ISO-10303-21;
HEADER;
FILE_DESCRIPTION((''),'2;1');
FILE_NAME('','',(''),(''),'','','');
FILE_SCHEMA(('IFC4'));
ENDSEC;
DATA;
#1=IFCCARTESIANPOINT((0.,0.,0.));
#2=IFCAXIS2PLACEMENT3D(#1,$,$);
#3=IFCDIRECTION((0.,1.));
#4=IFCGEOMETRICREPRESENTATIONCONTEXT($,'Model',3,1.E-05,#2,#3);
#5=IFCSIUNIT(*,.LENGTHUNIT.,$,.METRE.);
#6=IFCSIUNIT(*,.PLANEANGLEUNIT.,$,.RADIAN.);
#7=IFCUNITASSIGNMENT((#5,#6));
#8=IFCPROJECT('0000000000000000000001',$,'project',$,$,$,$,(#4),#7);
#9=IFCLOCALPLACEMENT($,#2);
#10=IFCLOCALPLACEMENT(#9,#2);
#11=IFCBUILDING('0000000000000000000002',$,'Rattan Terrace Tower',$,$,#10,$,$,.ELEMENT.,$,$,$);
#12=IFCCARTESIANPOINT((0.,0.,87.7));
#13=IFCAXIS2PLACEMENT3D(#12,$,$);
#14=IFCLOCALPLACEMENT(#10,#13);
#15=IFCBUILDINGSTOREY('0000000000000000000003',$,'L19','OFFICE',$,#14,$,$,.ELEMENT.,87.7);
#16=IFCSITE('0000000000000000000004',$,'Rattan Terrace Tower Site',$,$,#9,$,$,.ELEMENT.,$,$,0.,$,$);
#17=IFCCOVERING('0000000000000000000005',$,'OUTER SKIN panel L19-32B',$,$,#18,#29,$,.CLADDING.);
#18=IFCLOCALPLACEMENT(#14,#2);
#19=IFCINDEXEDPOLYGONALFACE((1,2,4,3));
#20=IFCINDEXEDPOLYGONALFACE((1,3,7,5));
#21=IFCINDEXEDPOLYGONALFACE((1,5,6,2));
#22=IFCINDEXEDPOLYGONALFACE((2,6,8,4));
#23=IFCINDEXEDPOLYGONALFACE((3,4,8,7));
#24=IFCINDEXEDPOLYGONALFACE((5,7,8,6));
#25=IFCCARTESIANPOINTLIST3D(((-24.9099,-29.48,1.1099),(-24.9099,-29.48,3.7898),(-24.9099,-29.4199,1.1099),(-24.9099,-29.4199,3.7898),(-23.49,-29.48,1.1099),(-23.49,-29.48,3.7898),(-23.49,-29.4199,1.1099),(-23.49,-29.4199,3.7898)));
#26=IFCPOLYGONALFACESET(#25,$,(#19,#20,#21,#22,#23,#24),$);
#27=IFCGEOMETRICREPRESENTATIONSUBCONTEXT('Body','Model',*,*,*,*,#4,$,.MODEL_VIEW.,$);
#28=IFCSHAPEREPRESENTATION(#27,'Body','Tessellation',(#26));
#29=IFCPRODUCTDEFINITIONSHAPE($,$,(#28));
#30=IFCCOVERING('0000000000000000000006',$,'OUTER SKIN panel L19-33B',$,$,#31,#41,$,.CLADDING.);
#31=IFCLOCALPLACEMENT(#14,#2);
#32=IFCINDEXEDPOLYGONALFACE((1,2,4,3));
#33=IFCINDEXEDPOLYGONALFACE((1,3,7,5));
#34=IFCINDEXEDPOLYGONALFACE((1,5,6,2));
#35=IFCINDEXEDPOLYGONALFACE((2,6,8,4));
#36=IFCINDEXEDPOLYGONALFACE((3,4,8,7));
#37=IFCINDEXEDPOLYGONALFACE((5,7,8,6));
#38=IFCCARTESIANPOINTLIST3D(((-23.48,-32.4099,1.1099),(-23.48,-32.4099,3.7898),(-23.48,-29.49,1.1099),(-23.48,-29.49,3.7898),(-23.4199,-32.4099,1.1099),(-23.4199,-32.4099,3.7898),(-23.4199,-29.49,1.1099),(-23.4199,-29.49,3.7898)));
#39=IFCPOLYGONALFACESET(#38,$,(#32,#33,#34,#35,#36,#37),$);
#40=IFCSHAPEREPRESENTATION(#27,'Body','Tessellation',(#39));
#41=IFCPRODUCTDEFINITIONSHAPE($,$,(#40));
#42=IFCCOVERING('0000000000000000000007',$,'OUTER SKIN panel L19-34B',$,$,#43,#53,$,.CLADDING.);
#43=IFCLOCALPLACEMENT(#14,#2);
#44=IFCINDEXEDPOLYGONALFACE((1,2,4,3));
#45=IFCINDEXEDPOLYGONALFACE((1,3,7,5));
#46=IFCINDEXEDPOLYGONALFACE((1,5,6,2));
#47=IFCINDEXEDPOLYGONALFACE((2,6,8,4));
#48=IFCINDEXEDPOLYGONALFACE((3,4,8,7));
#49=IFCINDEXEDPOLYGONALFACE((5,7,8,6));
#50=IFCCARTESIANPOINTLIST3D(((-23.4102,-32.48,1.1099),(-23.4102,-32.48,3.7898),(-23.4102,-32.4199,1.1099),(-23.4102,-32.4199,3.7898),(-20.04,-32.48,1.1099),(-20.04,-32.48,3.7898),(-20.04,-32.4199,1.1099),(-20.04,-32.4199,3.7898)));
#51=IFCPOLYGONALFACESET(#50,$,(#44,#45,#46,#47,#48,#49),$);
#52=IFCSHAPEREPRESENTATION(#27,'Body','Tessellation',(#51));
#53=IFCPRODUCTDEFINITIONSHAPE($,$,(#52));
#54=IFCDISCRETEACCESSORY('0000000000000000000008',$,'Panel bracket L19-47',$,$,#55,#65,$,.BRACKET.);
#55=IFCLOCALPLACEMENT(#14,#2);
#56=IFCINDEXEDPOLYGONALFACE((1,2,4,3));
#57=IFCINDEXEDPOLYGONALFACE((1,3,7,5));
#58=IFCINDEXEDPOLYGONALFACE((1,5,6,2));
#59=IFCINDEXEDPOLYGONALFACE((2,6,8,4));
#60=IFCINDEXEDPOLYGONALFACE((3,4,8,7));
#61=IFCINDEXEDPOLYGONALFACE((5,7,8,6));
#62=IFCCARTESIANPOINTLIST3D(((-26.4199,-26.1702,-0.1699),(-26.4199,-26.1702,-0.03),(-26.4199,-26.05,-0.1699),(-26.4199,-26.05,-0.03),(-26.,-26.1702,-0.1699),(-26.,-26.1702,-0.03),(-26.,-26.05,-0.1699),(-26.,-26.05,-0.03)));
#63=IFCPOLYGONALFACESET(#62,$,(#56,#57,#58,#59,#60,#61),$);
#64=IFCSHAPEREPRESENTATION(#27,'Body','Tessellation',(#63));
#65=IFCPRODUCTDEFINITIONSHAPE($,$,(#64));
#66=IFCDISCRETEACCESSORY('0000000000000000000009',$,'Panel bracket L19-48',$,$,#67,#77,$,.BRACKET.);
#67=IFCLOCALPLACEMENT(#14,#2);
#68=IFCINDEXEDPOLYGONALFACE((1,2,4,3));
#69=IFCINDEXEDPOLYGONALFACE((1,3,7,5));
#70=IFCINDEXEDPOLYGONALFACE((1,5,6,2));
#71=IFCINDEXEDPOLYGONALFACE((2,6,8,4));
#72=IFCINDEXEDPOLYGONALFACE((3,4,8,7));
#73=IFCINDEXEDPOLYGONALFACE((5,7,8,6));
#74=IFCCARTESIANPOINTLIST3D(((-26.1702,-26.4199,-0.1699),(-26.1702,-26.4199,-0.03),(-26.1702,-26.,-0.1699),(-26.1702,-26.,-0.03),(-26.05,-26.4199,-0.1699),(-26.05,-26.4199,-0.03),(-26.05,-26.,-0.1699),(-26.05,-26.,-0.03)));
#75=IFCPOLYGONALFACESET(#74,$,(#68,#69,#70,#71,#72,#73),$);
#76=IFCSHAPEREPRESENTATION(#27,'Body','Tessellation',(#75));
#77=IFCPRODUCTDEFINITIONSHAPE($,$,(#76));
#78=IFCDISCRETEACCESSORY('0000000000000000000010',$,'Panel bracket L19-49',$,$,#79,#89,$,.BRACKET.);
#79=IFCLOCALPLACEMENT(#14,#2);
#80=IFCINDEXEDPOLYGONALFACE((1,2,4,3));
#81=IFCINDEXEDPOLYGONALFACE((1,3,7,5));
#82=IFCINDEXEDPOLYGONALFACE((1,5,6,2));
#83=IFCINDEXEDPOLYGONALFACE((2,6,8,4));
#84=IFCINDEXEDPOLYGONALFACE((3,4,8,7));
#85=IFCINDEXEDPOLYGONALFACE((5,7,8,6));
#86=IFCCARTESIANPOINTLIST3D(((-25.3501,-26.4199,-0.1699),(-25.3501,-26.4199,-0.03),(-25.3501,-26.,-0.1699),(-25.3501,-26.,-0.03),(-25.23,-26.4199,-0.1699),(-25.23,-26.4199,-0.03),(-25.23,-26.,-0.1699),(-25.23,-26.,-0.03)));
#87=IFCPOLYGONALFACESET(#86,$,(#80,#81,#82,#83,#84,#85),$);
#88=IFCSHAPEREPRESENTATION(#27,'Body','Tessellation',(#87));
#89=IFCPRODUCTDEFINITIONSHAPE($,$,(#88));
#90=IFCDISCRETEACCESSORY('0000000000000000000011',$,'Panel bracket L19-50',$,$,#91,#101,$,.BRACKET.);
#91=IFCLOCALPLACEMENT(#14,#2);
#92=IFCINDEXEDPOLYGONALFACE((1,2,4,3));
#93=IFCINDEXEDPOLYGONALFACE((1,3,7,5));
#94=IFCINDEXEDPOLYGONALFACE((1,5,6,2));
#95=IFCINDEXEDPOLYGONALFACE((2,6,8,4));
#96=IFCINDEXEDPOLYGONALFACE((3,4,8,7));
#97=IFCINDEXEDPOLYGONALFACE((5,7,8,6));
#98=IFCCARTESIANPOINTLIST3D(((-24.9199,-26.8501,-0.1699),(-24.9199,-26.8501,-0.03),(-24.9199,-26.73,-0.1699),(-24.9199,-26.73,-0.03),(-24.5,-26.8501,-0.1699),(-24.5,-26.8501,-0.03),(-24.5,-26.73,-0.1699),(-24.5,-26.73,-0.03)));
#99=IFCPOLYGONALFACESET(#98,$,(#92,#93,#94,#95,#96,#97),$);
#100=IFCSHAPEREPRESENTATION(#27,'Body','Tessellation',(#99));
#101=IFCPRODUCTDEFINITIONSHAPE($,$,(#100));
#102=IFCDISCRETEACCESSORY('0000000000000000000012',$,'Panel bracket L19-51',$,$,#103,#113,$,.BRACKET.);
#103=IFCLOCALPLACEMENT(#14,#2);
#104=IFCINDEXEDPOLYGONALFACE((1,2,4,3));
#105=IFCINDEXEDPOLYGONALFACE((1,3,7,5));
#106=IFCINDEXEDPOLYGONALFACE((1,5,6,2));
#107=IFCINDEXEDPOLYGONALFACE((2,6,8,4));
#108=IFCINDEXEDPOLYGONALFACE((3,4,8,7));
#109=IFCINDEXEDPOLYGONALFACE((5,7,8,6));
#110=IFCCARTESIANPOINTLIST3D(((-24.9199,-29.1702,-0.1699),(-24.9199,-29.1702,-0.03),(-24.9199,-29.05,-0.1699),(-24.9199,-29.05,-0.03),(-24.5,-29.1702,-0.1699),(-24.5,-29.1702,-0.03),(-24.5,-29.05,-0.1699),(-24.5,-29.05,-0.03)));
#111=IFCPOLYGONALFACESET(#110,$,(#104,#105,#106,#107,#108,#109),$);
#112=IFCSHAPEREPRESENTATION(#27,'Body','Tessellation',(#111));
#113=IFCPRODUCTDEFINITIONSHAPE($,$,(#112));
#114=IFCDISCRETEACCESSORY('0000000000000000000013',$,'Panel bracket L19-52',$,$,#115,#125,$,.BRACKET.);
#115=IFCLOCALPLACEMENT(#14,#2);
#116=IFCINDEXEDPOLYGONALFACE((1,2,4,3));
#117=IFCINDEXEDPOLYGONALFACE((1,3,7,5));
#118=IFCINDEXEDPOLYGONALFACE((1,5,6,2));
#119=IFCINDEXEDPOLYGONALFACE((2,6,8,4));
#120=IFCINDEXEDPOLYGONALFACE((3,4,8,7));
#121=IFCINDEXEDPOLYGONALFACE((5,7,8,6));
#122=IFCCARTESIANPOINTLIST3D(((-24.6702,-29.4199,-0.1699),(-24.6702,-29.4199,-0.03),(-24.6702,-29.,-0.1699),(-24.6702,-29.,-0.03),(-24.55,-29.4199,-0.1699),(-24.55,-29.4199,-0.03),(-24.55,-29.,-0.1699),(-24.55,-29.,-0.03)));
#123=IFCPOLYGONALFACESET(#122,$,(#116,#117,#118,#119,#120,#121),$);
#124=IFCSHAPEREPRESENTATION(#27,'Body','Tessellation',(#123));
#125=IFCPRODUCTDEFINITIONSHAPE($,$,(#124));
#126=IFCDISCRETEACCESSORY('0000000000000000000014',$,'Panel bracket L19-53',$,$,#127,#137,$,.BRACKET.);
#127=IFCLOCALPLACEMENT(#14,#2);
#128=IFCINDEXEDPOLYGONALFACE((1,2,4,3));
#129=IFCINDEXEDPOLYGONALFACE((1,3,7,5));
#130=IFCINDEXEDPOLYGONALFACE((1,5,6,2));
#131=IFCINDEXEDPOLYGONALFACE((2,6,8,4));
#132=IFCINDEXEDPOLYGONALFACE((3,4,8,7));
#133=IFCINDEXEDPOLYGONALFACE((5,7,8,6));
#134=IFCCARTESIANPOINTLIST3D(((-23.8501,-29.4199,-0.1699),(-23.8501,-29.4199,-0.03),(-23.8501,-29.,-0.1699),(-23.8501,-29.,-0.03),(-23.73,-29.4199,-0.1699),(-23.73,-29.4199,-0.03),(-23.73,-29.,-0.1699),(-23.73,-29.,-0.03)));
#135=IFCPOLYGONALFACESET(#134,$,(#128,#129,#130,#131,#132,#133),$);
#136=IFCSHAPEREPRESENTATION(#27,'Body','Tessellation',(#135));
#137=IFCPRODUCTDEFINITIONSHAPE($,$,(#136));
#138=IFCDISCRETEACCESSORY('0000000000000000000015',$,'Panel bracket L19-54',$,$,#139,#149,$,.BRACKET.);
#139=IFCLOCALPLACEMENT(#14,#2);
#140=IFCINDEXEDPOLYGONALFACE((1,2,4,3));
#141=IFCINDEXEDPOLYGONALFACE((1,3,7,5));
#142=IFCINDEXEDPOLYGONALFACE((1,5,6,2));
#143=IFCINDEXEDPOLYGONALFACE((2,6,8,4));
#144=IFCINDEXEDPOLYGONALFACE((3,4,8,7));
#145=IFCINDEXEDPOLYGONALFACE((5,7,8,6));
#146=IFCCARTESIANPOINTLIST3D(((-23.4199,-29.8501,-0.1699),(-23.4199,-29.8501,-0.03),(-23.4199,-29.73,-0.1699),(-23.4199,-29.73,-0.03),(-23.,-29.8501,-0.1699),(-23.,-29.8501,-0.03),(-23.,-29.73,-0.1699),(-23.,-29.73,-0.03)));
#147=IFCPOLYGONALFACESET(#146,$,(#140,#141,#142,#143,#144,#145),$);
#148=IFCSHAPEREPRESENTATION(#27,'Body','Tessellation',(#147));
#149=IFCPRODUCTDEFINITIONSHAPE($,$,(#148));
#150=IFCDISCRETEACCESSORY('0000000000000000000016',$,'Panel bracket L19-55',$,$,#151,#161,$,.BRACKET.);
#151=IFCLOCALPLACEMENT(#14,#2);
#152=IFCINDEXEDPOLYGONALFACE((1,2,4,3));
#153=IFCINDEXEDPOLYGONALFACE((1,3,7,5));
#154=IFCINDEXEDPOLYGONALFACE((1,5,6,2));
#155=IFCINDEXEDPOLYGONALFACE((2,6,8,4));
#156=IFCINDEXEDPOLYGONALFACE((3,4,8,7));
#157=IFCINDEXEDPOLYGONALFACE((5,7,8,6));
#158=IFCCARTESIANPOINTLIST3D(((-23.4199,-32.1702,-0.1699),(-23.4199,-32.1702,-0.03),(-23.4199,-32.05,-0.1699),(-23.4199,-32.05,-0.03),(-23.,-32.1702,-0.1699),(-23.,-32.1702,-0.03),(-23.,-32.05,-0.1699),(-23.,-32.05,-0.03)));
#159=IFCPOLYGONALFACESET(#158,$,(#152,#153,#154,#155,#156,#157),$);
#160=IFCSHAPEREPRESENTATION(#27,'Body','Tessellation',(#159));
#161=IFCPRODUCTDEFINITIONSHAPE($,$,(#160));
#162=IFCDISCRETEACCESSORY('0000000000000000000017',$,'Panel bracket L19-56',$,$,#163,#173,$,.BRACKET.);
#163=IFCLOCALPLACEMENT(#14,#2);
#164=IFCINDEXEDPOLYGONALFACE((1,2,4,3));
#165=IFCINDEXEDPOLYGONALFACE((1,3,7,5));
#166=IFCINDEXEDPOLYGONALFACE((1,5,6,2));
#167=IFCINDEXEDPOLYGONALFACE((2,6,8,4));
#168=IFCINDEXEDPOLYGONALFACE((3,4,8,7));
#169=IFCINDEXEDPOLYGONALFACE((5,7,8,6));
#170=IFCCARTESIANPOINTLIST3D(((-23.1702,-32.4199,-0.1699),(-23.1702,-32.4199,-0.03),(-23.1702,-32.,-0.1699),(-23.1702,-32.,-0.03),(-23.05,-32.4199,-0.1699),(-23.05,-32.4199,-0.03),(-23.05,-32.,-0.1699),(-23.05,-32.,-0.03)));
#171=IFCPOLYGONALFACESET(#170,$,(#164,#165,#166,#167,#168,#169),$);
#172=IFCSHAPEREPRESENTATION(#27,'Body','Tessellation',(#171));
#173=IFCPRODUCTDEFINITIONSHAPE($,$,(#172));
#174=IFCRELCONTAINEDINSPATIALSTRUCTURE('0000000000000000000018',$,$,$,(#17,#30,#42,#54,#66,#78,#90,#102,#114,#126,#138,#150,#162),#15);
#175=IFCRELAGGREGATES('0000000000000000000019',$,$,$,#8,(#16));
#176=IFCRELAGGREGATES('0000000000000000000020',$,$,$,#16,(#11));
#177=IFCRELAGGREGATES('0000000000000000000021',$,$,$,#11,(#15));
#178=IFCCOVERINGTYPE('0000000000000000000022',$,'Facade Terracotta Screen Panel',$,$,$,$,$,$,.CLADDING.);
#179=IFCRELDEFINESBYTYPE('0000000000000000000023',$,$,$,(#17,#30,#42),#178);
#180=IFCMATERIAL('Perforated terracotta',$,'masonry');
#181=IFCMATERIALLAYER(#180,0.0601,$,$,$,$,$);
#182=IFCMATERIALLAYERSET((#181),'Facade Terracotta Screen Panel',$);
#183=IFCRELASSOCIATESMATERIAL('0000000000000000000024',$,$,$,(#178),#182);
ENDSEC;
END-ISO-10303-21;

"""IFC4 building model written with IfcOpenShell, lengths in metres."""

from ifc_helpers import new_model, si_unit, direction, frame, origin, origin_2d, place, context, subcontext, project, spatial, rectangle, extrude, material, layer, layer_set, type_object, element, save


model = new_model("IFC4")

# Units and contexts
model_context = context("Model", 3, precision=1e-05, world=origin(), true_north=direction((0.0, 1.0)))
body_context = subcontext(model_context, "Body", "Model", "MODEL_VIEW")
ifc_project = project(units=[si_unit("LENGTHUNIT", "METRE"), si_unit("PLANEANGLEUNIT", "RADIAN")], contexts=[model_context])

# Site, building, storey
site_placement = place(None, origin())
site = spatial("IfcSite", under=ifc_project, at=site_placement, Name="Rattan Terrace Tower Site", CompositionType="ELEMENT", RefElevation=0.0)
building_placement = place(site_placement, origin())
building = spatial("IfcBuilding", under=site, at=building_placement, Name="Rattan Terrace Tower", CompositionType="ELEMENT")
storey_placement = place(building_placement, frame((0.0, 0.0, 87.7)))
storey = spatial("IfcBuildingStorey", under=building, at=storey_placement, Name="L19", Description="OFFICE", CompositionType="ELEMENT", Elevation=87.7)

# Coverings
ifc_material_1 = material(Name="Perforated terracotta", Category="masonry")
ifc_layer_1 = layer(ifc_material_1, 0.0601)
ifc_layer_set_1 = layer_set([ifc_layer_1], Name="Facade Terracotta Screen Panel")
covering_type_1 = type_object("IfcCoveringType", Name="Facade Terracotta Screen Panel", PredefinedType="CLADDING", material=ifc_layer_set_1)
covering_1_placement = place(storey_placement, frame((-24.2, -29.45, 1.1099), z_axis=(0.0, 0.0, 1.0), x_axis=(1.0, 0.0, 0.0)))
element("IfcCovering", 1, at=covering_1_placement, inside=storey, type_object=covering_type_1, Name="OUTER SKIN panel L19-32B", PredefinedType="CLADDING", context=body_context, shape_type="SweptSolid", body=[
    extrude(rectangle(XDim=1.4199, YDim=0.0601, at=origin_2d()), origin(), (0.0, 0.0, 1.0), 2.6799),
])
covering_2_placement = place(storey_placement, frame((-23.45, -30.95, 1.1099), z_axis=(0.0, 0.0, 1.0), x_axis=(0.0, -1.0, 0.0)))
element("IfcCovering", 2, at=covering_2_placement, inside=storey, type_object=covering_type_1, Name="OUTER SKIN panel L19-33B", PredefinedType="CLADDING", context=body_context, shape_type="SweptSolid", body=[
    extrude(rectangle(XDim=2.9199, YDim=0.0601, at=origin_2d()), origin(), (0.0, 0.0, 1.0), 2.6799),
])
covering_3_placement = place(storey_placement, frame((-21.7251, -32.45, 1.1099), z_axis=(0.0, 0.0, 1.0), x_axis=(1.0, 0.0, 0.0)))
element("IfcCovering", 3, at=covering_3_placement, inside=storey, type_object=covering_type_1, Name="OUTER SKIN panel L19-34B", PredefinedType="CLADDING", context=body_context, shape_type="SweptSolid", body=[
    extrude(rectangle(XDim=3.3701, YDim=0.0601, at=origin_2d()), origin(), (0.0, 0.0, 1.0), 2.6799),
])

# Discrete accessories
for number, where, z_axis, x_axis, name in (
    (4, (-26.21, -26.1101, -0.1699), (0.0, 0.0, 1.0), (0.0, -1.0, 0.0), "Panel bracket L19-47"),
    (5, (-26.1101, -26.21, -0.1699), (0.0, 0.0, 1.0), (1.0, 0.0, 0.0), "Panel bracket L19-48"),
    (6, (-25.29, -26.21, -0.1699), (0.0, 0.0, 1.0), (1.0, 0.0, 0.0), "Panel bracket L19-49"),
    (7, (-24.71, -26.79, -0.1699), (0.0, 0.0, 1.0), (0.0, -1.0, 0.0), "Panel bracket L19-50"),
    (8, (-24.71, -29.1101, -0.1699), (0.0, 0.0, 1.0), (0.0, -1.0, 0.0), "Panel bracket L19-51"),
    (9, (-24.6101, -29.21, -0.1699), (0.0, 0.0, 1.0), (1.0, 0.0, 0.0), "Panel bracket L19-52"),
    (10, (-23.79, -29.21, -0.1699), (0.0, 0.0, 1.0), (1.0, 0.0, 0.0), "Panel bracket L19-53"),
    (11, (-23.21, -29.79, -0.1699), (0.0, 0.0, 1.0), (0.0, -1.0, 0.0), "Panel bracket L19-54"),
    (12, (-23.21, -32.1101, -0.1699), (0.0, 0.0, 1.0), (0.0, -1.0, 0.0), "Panel bracket L19-55"),
    (13, (-23.1101, -32.21, -0.1699), (0.0, 0.0, 1.0), (1.0, 0.0, 0.0), "Panel bracket L19-56"),
):
    element("IfcDiscreteAccessory", number, at=place(storey_placement, frame(where, z_axis=z_axis, x_axis=x_axis)), inside=storey, Name=name, PredefinedType="BRACKET", context=body_context, shape_type="SweptSolid", body=[
        extrude(rectangle(XDim=0.1201, YDim=0.4199, at=origin_2d()), origin(), (0.0, 0.0, 1.0), 0.1399),
    ])

save(model, "model.ifc")
